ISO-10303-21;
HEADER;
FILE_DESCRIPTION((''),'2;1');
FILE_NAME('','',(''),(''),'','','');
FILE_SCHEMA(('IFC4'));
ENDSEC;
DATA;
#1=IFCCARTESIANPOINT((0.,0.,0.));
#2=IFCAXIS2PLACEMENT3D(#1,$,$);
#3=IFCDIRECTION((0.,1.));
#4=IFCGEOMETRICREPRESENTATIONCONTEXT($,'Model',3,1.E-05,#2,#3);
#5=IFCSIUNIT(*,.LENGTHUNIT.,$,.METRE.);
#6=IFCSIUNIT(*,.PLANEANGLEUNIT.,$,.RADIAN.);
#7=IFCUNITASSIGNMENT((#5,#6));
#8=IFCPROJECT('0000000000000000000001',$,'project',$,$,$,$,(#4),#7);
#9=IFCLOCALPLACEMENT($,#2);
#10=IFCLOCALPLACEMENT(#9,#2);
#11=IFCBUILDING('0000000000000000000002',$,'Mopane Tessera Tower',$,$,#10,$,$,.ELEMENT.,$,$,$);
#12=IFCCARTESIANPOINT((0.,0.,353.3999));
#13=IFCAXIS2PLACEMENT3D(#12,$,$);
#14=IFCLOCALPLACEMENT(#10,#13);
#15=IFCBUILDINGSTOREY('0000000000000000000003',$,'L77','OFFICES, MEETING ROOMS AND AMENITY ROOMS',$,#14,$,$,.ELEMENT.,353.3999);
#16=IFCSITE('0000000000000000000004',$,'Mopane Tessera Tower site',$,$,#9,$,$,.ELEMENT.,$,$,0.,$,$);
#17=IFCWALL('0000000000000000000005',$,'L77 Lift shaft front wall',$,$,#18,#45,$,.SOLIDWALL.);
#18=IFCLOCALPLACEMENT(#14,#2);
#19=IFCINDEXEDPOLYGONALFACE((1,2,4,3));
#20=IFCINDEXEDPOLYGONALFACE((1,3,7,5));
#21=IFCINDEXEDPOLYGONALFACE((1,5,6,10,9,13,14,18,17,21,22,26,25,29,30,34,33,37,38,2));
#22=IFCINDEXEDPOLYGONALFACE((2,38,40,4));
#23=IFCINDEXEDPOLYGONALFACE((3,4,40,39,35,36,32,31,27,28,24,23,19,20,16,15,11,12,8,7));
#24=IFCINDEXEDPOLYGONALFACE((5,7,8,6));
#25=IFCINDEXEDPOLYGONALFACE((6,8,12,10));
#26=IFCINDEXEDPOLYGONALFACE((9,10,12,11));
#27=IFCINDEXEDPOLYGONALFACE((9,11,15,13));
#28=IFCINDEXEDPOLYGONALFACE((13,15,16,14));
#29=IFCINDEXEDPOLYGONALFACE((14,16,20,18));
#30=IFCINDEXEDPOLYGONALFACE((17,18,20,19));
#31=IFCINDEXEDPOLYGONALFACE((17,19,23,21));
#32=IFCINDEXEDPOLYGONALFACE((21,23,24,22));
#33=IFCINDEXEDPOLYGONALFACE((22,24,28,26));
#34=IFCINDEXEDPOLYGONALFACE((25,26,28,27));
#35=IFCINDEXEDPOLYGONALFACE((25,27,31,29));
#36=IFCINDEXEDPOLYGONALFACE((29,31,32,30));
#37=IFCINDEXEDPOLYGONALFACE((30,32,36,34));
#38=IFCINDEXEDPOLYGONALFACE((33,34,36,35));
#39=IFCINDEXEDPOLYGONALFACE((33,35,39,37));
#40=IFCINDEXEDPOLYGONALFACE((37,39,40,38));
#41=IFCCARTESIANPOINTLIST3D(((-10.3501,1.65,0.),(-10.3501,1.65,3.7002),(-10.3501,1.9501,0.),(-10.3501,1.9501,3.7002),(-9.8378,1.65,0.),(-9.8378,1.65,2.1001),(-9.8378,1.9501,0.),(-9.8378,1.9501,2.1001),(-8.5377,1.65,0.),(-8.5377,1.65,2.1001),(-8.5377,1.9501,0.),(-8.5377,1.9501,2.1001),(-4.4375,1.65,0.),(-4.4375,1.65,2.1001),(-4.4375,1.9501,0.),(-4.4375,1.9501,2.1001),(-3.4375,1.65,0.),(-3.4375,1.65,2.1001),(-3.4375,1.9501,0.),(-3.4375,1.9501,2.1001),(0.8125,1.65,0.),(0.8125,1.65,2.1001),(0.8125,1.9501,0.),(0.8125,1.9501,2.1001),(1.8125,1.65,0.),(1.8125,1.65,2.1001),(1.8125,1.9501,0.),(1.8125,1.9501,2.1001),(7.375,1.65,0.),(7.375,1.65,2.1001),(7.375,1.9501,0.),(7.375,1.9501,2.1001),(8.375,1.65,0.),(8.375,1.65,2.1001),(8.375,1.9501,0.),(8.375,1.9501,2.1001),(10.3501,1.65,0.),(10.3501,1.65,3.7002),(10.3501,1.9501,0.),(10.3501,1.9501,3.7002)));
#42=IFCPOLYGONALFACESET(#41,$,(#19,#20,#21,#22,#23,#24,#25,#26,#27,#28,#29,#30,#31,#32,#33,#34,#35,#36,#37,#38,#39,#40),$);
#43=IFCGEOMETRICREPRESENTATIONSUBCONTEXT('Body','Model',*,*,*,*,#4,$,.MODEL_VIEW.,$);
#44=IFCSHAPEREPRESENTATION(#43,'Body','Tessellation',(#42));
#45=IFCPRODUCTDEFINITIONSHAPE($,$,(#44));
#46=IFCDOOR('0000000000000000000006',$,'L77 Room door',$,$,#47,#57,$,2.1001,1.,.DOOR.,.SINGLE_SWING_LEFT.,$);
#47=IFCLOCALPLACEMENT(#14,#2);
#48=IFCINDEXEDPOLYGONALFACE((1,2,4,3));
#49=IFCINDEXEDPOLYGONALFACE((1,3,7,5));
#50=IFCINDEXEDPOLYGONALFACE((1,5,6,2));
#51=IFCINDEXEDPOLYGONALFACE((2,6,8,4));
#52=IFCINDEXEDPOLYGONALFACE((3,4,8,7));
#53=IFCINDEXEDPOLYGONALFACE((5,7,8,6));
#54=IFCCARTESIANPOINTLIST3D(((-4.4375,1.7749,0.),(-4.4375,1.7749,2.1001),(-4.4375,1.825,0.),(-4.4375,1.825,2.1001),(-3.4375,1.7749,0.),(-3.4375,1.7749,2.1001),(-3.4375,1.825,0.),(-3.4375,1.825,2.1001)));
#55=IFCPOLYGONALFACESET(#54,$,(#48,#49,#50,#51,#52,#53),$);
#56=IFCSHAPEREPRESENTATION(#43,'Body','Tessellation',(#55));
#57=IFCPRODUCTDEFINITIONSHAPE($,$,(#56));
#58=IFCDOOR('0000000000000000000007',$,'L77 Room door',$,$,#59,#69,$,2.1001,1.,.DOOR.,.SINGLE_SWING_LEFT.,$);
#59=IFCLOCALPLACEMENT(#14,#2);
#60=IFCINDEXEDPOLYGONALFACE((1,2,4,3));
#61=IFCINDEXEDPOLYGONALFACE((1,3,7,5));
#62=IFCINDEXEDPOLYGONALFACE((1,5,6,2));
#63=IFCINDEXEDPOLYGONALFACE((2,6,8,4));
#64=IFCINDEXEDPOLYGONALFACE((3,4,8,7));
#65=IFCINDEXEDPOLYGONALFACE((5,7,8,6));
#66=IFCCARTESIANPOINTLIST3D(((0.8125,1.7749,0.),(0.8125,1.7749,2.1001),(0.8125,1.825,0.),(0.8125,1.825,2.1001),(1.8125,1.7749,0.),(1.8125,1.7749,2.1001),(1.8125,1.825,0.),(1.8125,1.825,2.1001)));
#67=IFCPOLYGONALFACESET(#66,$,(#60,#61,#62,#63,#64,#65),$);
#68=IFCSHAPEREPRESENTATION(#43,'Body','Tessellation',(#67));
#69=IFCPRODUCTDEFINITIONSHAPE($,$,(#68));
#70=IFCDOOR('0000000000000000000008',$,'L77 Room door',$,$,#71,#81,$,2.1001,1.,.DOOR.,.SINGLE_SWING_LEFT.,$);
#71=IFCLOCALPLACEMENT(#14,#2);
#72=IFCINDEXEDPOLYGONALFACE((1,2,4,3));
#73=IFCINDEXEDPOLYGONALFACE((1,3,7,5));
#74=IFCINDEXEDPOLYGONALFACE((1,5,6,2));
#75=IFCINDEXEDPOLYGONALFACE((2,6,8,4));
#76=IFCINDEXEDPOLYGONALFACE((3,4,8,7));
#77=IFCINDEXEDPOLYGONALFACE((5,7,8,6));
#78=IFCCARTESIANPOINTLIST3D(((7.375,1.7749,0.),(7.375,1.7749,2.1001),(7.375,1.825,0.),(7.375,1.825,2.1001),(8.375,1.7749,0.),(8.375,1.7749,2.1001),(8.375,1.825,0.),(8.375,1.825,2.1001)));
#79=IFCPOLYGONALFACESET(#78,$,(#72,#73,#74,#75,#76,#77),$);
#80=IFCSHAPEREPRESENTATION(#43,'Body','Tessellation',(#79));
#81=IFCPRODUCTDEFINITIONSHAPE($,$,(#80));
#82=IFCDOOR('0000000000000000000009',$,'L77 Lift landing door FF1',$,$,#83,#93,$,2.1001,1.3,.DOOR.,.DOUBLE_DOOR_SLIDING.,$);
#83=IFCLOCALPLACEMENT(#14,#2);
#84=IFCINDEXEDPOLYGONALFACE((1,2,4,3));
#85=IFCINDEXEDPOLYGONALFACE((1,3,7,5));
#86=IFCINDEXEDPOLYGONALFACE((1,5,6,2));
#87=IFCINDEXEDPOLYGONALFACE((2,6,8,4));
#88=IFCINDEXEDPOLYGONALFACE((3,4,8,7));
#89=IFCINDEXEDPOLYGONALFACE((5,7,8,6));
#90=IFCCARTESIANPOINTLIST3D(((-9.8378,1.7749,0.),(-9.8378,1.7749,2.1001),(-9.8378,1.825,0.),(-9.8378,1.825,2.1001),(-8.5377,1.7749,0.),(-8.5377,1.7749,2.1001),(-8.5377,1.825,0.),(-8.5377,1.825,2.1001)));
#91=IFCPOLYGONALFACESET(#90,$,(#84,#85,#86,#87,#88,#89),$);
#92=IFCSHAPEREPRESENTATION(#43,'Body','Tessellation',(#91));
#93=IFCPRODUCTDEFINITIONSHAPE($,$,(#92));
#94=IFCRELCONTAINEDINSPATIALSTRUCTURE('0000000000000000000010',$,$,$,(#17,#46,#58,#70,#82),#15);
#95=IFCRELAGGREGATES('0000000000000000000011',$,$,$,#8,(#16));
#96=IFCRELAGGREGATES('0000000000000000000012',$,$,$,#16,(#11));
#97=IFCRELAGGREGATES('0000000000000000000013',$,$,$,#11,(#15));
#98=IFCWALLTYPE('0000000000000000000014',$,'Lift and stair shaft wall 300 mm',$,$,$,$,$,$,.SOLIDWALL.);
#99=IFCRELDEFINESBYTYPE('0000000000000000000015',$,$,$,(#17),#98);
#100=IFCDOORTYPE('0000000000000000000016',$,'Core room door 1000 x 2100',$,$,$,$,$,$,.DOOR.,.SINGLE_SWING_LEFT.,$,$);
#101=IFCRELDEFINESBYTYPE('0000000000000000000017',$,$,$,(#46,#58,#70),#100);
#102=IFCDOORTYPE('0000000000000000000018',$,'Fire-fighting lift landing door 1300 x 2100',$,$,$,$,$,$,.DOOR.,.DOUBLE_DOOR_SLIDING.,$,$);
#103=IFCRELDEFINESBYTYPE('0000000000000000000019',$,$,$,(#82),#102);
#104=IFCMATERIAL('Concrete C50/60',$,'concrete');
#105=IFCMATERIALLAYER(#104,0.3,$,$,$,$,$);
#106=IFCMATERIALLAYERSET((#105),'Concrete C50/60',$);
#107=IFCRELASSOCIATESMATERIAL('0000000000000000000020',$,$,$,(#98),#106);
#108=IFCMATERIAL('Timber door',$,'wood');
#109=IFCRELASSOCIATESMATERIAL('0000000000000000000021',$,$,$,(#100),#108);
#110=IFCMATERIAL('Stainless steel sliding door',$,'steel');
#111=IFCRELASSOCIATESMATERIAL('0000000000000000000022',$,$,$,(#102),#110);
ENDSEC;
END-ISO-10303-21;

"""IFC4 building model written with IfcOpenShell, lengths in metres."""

from ifc_helpers import new_model, si_unit, direction, frame, frame_2d, origin, place, context, subcontext, project, spatial, rectangle, extrude, material, layer, layer_set, type_object, element, fill, save


model = new_model("IFC4")

# Units and contexts
model_context = context("Model", 3, precision=1e-05, world=origin(), true_north=direction((0.0, 1.0)))
body_context = subcontext(model_context, "Body", "Model", "MODEL_VIEW")
ifc_project = project(units=[si_unit("LENGTHUNIT", "METRE"), si_unit("PLANEANGLEUNIT", "RADIAN")], contexts=[model_context])

# Site, building, storey
site_placement = place(None, origin())
site = spatial("IfcSite", under=ifc_project, at=site_placement, Name="Mopane Tessera Tower site", CompositionType="ELEMENT", RefElevation=0.0)
building_placement = place(site_placement, origin())
building = spatial("IfcBuilding", under=site, at=building_placement, Name="Mopane Tessera Tower", CompositionType="ELEMENT")
storey_placement = place(building_placement, frame((0.0, 0.0, 353.3999)))
storey = spatial("IfcBuildingStorey", under=building, at=storey_placement, Name="L77", Description="OFFICES, MEETING ROOMS AND AMENITY ROOMS", CompositionType="ELEMENT", Elevation=353.3999)

# Wall, openings, doors
ifc_material_1 = material(Name="Concrete C50/60", Category="concrete")
ifc_layer_1 = layer(ifc_material_1, 0.3)
ifc_layer_set_1 = layer_set([ifc_layer_1], Name="Concrete C50/60")
wall_type_1 = type_object("IfcWallType", Name="Lift and stair shaft wall 300 mm", PredefinedType="SOLIDWALL", material=ifc_layer_set_1)
wall_1_placement = place(storey_placement, frame((-10.3501, 1.8, 0.0), z_axis=(0.0, 0.0, 1.0), x_axis=(1.0, 0.0, 0.0)))
wall_1 = element("IfcWall", 1, at=wall_1_placement, inside=storey, type_object=wall_type_1, Name="L77 Lift shaft front wall", PredefinedType="SOLIDWALL", context=body_context, shape_type="SweptSolid", body=[
    extrude(rectangle(XDim=20.7002, YDim=0.3, at=frame_2d((10.3501, 0.0))), origin(), (0.0, 0.0, 1.0), 3.7002),
])
opening_1_placement = place(wall_1_placement, frame((0.5125, 0.0, 0.0)))
opening_1 = element("IfcOpeningElement", 2, at=opening_1_placement, cuts=wall_1, PredefinedType="OPENING", context=body_context, shape_type="SweptSolid", body=[
    extrude(rectangle(XDim=1.3, YDim=2.1001, at=frame_2d((0.6499, 1.05))), frame((0.0, 0.1621, 0.0), z_axis=(0.0, -1.0, 0.0), x_axis=(1.0, 0.0, 0.0)), (0.0, 0.0, 1.0), 0.324),
])
opening_2_placement = place(wall_1_placement, frame((5.9126, 0.0, 0.0)))
opening_2 = element("IfcOpeningElement", 3, at=opening_2_placement, cuts=wall_1, PredefinedType="OPENING", context=body_context, shape_type="SweptSolid", body=[
    extrude(rectangle(XDim=1.0, YDim=2.1001, at=frame_2d((0.5, 1.05))), frame((0.0, 0.1621, 0.0), z_axis=(0.0, -1.0, 0.0), x_axis=(1.0, 0.0, 0.0)), (0.0, 0.0, 1.0), 0.324),
])
opening_3_placement = place(wall_1_placement, frame((11.1626, 0.0, 0.0)))
opening_3 = element("IfcOpeningElement", 4, at=opening_3_placement, cuts=wall_1, PredefinedType="OPENING", context=body_context, shape_type="SweptSolid", body=[
    extrude(rectangle(XDim=1.0, YDim=2.1001, at=frame_2d((0.5, 1.05))), frame((0.0, 0.1621, 0.0), z_axis=(0.0, -1.0, 0.0), x_axis=(1.0, 0.0, 0.0)), (0.0, 0.0, 1.0), 0.324),
])
opening_4_placement = place(wall_1_placement, frame((17.7251, 0.0, 0.0)))
opening_4 = element("IfcOpeningElement", 5, at=opening_4_placement, cuts=wall_1, PredefinedType="OPENING", context=body_context, shape_type="SweptSolid", body=[
    extrude(rectangle(XDim=1.0, YDim=2.1001, at=frame_2d((0.5, 1.05))), frame((0.0, 0.1621, 0.0), z_axis=(0.0, -1.0, 0.0), x_axis=(1.0, 0.0, 0.0)), (0.0, 0.0, 1.0), 0.324),
])
ifc_material_2 = material(Name="Timber door", Category="wood")
door_type_1 = type_object("IfcDoorType", Name="Core room door 1000 x 2100", OperationType="SINGLE_SWING_LEFT", PredefinedType="DOOR", material=ifc_material_2)
door_1_placement = place(opening_2_placement, origin())
door_1 = element("IfcDoor", 6, at=door_1_placement, inside=storey, type_object=door_type_1, Name="L77 Room door", OperationType="SINGLE_SWING_LEFT", OverallHeight=2.1001, OverallWidth=1.0, PredefinedType="DOOR", context=body_context, shape_type="SweptSolid", body=[
    extrude(rectangle(XDim=1.0, YDim=2.1001, at=frame_2d((0.5, 1.05))), frame((0.0, 0.0249, 0.0), z_axis=(0.0, -1.0, 0.0), x_axis=(1.0, 0.0, 0.0)), (0.0, 0.0, 1.0), 0.05),
])
fill(opening_2, door_1)
door_2_placement = place(opening_3_placement, origin())
door_2 = element("IfcDoor", 7, at=door_2_placement, inside=storey, type_object=door_type_1, Name="L77 Room door", OperationType="SINGLE_SWING_LEFT", OverallHeight=2.1001, OverallWidth=1.0, PredefinedType="DOOR", context=body_context, shape_type="SweptSolid", body=[
    extrude(rectangle(XDim=1.0, YDim=2.1001, at=frame_2d((0.5, 1.05))), frame((0.0, 0.0249, 0.0), z_axis=(0.0, -1.0, 0.0), x_axis=(1.0, 0.0, 0.0)), (0.0, 0.0, 1.0), 0.05),
])
fill(opening_3, door_2)
door_3_placement = place(opening_4_placement, origin())
door_3 = element("IfcDoor", 8, at=door_3_placement, inside=storey, type_object=door_type_1, Name="L77 Room door", OperationType="SINGLE_SWING_LEFT", OverallHeight=2.1001, OverallWidth=1.0, PredefinedType="DOOR", context=body_context, shape_type="SweptSolid", body=[
    extrude(rectangle(XDim=1.0, YDim=2.1001, at=frame_2d((0.5, 1.05))), frame((0.0, 0.0249, 0.0), z_axis=(0.0, -1.0, 0.0), x_axis=(1.0, 0.0, 0.0)), (0.0, 0.0, 1.0), 0.05),
])
fill(opening_4, door_3)
ifc_material_3 = material(Name="Stainless steel sliding door", Category="steel")
door_type_2 = type_object("IfcDoorType", Name="Fire-fighting lift landing door 1300 x 2100", OperationType="DOUBLE_DOOR_SLIDING", PredefinedType="DOOR", material=ifc_material_3)
door_4_placement = place(opening_1_placement, origin())
door_4 = element("IfcDoor", 9, at=door_4_placement, inside=storey, type_object=door_type_2, Name="L77 Lift landing door FF1", OperationType="DOUBLE_DOOR_SLIDING", OverallHeight=2.1001, OverallWidth=1.3, PredefinedType="DOOR", context=body_context, shape_type="SweptSolid", body=[
    extrude(rectangle(XDim=1.3, YDim=2.1001, at=frame_2d((0.6499, 1.05))), frame((0.0, 0.0249, 0.0), z_axis=(0.0, -1.0, 0.0), x_axis=(1.0, 0.0, 0.0)), (0.0, 0.0, 1.0), 0.05),
])
fill(opening_1, door_4)

save(model, "model.ifc")
